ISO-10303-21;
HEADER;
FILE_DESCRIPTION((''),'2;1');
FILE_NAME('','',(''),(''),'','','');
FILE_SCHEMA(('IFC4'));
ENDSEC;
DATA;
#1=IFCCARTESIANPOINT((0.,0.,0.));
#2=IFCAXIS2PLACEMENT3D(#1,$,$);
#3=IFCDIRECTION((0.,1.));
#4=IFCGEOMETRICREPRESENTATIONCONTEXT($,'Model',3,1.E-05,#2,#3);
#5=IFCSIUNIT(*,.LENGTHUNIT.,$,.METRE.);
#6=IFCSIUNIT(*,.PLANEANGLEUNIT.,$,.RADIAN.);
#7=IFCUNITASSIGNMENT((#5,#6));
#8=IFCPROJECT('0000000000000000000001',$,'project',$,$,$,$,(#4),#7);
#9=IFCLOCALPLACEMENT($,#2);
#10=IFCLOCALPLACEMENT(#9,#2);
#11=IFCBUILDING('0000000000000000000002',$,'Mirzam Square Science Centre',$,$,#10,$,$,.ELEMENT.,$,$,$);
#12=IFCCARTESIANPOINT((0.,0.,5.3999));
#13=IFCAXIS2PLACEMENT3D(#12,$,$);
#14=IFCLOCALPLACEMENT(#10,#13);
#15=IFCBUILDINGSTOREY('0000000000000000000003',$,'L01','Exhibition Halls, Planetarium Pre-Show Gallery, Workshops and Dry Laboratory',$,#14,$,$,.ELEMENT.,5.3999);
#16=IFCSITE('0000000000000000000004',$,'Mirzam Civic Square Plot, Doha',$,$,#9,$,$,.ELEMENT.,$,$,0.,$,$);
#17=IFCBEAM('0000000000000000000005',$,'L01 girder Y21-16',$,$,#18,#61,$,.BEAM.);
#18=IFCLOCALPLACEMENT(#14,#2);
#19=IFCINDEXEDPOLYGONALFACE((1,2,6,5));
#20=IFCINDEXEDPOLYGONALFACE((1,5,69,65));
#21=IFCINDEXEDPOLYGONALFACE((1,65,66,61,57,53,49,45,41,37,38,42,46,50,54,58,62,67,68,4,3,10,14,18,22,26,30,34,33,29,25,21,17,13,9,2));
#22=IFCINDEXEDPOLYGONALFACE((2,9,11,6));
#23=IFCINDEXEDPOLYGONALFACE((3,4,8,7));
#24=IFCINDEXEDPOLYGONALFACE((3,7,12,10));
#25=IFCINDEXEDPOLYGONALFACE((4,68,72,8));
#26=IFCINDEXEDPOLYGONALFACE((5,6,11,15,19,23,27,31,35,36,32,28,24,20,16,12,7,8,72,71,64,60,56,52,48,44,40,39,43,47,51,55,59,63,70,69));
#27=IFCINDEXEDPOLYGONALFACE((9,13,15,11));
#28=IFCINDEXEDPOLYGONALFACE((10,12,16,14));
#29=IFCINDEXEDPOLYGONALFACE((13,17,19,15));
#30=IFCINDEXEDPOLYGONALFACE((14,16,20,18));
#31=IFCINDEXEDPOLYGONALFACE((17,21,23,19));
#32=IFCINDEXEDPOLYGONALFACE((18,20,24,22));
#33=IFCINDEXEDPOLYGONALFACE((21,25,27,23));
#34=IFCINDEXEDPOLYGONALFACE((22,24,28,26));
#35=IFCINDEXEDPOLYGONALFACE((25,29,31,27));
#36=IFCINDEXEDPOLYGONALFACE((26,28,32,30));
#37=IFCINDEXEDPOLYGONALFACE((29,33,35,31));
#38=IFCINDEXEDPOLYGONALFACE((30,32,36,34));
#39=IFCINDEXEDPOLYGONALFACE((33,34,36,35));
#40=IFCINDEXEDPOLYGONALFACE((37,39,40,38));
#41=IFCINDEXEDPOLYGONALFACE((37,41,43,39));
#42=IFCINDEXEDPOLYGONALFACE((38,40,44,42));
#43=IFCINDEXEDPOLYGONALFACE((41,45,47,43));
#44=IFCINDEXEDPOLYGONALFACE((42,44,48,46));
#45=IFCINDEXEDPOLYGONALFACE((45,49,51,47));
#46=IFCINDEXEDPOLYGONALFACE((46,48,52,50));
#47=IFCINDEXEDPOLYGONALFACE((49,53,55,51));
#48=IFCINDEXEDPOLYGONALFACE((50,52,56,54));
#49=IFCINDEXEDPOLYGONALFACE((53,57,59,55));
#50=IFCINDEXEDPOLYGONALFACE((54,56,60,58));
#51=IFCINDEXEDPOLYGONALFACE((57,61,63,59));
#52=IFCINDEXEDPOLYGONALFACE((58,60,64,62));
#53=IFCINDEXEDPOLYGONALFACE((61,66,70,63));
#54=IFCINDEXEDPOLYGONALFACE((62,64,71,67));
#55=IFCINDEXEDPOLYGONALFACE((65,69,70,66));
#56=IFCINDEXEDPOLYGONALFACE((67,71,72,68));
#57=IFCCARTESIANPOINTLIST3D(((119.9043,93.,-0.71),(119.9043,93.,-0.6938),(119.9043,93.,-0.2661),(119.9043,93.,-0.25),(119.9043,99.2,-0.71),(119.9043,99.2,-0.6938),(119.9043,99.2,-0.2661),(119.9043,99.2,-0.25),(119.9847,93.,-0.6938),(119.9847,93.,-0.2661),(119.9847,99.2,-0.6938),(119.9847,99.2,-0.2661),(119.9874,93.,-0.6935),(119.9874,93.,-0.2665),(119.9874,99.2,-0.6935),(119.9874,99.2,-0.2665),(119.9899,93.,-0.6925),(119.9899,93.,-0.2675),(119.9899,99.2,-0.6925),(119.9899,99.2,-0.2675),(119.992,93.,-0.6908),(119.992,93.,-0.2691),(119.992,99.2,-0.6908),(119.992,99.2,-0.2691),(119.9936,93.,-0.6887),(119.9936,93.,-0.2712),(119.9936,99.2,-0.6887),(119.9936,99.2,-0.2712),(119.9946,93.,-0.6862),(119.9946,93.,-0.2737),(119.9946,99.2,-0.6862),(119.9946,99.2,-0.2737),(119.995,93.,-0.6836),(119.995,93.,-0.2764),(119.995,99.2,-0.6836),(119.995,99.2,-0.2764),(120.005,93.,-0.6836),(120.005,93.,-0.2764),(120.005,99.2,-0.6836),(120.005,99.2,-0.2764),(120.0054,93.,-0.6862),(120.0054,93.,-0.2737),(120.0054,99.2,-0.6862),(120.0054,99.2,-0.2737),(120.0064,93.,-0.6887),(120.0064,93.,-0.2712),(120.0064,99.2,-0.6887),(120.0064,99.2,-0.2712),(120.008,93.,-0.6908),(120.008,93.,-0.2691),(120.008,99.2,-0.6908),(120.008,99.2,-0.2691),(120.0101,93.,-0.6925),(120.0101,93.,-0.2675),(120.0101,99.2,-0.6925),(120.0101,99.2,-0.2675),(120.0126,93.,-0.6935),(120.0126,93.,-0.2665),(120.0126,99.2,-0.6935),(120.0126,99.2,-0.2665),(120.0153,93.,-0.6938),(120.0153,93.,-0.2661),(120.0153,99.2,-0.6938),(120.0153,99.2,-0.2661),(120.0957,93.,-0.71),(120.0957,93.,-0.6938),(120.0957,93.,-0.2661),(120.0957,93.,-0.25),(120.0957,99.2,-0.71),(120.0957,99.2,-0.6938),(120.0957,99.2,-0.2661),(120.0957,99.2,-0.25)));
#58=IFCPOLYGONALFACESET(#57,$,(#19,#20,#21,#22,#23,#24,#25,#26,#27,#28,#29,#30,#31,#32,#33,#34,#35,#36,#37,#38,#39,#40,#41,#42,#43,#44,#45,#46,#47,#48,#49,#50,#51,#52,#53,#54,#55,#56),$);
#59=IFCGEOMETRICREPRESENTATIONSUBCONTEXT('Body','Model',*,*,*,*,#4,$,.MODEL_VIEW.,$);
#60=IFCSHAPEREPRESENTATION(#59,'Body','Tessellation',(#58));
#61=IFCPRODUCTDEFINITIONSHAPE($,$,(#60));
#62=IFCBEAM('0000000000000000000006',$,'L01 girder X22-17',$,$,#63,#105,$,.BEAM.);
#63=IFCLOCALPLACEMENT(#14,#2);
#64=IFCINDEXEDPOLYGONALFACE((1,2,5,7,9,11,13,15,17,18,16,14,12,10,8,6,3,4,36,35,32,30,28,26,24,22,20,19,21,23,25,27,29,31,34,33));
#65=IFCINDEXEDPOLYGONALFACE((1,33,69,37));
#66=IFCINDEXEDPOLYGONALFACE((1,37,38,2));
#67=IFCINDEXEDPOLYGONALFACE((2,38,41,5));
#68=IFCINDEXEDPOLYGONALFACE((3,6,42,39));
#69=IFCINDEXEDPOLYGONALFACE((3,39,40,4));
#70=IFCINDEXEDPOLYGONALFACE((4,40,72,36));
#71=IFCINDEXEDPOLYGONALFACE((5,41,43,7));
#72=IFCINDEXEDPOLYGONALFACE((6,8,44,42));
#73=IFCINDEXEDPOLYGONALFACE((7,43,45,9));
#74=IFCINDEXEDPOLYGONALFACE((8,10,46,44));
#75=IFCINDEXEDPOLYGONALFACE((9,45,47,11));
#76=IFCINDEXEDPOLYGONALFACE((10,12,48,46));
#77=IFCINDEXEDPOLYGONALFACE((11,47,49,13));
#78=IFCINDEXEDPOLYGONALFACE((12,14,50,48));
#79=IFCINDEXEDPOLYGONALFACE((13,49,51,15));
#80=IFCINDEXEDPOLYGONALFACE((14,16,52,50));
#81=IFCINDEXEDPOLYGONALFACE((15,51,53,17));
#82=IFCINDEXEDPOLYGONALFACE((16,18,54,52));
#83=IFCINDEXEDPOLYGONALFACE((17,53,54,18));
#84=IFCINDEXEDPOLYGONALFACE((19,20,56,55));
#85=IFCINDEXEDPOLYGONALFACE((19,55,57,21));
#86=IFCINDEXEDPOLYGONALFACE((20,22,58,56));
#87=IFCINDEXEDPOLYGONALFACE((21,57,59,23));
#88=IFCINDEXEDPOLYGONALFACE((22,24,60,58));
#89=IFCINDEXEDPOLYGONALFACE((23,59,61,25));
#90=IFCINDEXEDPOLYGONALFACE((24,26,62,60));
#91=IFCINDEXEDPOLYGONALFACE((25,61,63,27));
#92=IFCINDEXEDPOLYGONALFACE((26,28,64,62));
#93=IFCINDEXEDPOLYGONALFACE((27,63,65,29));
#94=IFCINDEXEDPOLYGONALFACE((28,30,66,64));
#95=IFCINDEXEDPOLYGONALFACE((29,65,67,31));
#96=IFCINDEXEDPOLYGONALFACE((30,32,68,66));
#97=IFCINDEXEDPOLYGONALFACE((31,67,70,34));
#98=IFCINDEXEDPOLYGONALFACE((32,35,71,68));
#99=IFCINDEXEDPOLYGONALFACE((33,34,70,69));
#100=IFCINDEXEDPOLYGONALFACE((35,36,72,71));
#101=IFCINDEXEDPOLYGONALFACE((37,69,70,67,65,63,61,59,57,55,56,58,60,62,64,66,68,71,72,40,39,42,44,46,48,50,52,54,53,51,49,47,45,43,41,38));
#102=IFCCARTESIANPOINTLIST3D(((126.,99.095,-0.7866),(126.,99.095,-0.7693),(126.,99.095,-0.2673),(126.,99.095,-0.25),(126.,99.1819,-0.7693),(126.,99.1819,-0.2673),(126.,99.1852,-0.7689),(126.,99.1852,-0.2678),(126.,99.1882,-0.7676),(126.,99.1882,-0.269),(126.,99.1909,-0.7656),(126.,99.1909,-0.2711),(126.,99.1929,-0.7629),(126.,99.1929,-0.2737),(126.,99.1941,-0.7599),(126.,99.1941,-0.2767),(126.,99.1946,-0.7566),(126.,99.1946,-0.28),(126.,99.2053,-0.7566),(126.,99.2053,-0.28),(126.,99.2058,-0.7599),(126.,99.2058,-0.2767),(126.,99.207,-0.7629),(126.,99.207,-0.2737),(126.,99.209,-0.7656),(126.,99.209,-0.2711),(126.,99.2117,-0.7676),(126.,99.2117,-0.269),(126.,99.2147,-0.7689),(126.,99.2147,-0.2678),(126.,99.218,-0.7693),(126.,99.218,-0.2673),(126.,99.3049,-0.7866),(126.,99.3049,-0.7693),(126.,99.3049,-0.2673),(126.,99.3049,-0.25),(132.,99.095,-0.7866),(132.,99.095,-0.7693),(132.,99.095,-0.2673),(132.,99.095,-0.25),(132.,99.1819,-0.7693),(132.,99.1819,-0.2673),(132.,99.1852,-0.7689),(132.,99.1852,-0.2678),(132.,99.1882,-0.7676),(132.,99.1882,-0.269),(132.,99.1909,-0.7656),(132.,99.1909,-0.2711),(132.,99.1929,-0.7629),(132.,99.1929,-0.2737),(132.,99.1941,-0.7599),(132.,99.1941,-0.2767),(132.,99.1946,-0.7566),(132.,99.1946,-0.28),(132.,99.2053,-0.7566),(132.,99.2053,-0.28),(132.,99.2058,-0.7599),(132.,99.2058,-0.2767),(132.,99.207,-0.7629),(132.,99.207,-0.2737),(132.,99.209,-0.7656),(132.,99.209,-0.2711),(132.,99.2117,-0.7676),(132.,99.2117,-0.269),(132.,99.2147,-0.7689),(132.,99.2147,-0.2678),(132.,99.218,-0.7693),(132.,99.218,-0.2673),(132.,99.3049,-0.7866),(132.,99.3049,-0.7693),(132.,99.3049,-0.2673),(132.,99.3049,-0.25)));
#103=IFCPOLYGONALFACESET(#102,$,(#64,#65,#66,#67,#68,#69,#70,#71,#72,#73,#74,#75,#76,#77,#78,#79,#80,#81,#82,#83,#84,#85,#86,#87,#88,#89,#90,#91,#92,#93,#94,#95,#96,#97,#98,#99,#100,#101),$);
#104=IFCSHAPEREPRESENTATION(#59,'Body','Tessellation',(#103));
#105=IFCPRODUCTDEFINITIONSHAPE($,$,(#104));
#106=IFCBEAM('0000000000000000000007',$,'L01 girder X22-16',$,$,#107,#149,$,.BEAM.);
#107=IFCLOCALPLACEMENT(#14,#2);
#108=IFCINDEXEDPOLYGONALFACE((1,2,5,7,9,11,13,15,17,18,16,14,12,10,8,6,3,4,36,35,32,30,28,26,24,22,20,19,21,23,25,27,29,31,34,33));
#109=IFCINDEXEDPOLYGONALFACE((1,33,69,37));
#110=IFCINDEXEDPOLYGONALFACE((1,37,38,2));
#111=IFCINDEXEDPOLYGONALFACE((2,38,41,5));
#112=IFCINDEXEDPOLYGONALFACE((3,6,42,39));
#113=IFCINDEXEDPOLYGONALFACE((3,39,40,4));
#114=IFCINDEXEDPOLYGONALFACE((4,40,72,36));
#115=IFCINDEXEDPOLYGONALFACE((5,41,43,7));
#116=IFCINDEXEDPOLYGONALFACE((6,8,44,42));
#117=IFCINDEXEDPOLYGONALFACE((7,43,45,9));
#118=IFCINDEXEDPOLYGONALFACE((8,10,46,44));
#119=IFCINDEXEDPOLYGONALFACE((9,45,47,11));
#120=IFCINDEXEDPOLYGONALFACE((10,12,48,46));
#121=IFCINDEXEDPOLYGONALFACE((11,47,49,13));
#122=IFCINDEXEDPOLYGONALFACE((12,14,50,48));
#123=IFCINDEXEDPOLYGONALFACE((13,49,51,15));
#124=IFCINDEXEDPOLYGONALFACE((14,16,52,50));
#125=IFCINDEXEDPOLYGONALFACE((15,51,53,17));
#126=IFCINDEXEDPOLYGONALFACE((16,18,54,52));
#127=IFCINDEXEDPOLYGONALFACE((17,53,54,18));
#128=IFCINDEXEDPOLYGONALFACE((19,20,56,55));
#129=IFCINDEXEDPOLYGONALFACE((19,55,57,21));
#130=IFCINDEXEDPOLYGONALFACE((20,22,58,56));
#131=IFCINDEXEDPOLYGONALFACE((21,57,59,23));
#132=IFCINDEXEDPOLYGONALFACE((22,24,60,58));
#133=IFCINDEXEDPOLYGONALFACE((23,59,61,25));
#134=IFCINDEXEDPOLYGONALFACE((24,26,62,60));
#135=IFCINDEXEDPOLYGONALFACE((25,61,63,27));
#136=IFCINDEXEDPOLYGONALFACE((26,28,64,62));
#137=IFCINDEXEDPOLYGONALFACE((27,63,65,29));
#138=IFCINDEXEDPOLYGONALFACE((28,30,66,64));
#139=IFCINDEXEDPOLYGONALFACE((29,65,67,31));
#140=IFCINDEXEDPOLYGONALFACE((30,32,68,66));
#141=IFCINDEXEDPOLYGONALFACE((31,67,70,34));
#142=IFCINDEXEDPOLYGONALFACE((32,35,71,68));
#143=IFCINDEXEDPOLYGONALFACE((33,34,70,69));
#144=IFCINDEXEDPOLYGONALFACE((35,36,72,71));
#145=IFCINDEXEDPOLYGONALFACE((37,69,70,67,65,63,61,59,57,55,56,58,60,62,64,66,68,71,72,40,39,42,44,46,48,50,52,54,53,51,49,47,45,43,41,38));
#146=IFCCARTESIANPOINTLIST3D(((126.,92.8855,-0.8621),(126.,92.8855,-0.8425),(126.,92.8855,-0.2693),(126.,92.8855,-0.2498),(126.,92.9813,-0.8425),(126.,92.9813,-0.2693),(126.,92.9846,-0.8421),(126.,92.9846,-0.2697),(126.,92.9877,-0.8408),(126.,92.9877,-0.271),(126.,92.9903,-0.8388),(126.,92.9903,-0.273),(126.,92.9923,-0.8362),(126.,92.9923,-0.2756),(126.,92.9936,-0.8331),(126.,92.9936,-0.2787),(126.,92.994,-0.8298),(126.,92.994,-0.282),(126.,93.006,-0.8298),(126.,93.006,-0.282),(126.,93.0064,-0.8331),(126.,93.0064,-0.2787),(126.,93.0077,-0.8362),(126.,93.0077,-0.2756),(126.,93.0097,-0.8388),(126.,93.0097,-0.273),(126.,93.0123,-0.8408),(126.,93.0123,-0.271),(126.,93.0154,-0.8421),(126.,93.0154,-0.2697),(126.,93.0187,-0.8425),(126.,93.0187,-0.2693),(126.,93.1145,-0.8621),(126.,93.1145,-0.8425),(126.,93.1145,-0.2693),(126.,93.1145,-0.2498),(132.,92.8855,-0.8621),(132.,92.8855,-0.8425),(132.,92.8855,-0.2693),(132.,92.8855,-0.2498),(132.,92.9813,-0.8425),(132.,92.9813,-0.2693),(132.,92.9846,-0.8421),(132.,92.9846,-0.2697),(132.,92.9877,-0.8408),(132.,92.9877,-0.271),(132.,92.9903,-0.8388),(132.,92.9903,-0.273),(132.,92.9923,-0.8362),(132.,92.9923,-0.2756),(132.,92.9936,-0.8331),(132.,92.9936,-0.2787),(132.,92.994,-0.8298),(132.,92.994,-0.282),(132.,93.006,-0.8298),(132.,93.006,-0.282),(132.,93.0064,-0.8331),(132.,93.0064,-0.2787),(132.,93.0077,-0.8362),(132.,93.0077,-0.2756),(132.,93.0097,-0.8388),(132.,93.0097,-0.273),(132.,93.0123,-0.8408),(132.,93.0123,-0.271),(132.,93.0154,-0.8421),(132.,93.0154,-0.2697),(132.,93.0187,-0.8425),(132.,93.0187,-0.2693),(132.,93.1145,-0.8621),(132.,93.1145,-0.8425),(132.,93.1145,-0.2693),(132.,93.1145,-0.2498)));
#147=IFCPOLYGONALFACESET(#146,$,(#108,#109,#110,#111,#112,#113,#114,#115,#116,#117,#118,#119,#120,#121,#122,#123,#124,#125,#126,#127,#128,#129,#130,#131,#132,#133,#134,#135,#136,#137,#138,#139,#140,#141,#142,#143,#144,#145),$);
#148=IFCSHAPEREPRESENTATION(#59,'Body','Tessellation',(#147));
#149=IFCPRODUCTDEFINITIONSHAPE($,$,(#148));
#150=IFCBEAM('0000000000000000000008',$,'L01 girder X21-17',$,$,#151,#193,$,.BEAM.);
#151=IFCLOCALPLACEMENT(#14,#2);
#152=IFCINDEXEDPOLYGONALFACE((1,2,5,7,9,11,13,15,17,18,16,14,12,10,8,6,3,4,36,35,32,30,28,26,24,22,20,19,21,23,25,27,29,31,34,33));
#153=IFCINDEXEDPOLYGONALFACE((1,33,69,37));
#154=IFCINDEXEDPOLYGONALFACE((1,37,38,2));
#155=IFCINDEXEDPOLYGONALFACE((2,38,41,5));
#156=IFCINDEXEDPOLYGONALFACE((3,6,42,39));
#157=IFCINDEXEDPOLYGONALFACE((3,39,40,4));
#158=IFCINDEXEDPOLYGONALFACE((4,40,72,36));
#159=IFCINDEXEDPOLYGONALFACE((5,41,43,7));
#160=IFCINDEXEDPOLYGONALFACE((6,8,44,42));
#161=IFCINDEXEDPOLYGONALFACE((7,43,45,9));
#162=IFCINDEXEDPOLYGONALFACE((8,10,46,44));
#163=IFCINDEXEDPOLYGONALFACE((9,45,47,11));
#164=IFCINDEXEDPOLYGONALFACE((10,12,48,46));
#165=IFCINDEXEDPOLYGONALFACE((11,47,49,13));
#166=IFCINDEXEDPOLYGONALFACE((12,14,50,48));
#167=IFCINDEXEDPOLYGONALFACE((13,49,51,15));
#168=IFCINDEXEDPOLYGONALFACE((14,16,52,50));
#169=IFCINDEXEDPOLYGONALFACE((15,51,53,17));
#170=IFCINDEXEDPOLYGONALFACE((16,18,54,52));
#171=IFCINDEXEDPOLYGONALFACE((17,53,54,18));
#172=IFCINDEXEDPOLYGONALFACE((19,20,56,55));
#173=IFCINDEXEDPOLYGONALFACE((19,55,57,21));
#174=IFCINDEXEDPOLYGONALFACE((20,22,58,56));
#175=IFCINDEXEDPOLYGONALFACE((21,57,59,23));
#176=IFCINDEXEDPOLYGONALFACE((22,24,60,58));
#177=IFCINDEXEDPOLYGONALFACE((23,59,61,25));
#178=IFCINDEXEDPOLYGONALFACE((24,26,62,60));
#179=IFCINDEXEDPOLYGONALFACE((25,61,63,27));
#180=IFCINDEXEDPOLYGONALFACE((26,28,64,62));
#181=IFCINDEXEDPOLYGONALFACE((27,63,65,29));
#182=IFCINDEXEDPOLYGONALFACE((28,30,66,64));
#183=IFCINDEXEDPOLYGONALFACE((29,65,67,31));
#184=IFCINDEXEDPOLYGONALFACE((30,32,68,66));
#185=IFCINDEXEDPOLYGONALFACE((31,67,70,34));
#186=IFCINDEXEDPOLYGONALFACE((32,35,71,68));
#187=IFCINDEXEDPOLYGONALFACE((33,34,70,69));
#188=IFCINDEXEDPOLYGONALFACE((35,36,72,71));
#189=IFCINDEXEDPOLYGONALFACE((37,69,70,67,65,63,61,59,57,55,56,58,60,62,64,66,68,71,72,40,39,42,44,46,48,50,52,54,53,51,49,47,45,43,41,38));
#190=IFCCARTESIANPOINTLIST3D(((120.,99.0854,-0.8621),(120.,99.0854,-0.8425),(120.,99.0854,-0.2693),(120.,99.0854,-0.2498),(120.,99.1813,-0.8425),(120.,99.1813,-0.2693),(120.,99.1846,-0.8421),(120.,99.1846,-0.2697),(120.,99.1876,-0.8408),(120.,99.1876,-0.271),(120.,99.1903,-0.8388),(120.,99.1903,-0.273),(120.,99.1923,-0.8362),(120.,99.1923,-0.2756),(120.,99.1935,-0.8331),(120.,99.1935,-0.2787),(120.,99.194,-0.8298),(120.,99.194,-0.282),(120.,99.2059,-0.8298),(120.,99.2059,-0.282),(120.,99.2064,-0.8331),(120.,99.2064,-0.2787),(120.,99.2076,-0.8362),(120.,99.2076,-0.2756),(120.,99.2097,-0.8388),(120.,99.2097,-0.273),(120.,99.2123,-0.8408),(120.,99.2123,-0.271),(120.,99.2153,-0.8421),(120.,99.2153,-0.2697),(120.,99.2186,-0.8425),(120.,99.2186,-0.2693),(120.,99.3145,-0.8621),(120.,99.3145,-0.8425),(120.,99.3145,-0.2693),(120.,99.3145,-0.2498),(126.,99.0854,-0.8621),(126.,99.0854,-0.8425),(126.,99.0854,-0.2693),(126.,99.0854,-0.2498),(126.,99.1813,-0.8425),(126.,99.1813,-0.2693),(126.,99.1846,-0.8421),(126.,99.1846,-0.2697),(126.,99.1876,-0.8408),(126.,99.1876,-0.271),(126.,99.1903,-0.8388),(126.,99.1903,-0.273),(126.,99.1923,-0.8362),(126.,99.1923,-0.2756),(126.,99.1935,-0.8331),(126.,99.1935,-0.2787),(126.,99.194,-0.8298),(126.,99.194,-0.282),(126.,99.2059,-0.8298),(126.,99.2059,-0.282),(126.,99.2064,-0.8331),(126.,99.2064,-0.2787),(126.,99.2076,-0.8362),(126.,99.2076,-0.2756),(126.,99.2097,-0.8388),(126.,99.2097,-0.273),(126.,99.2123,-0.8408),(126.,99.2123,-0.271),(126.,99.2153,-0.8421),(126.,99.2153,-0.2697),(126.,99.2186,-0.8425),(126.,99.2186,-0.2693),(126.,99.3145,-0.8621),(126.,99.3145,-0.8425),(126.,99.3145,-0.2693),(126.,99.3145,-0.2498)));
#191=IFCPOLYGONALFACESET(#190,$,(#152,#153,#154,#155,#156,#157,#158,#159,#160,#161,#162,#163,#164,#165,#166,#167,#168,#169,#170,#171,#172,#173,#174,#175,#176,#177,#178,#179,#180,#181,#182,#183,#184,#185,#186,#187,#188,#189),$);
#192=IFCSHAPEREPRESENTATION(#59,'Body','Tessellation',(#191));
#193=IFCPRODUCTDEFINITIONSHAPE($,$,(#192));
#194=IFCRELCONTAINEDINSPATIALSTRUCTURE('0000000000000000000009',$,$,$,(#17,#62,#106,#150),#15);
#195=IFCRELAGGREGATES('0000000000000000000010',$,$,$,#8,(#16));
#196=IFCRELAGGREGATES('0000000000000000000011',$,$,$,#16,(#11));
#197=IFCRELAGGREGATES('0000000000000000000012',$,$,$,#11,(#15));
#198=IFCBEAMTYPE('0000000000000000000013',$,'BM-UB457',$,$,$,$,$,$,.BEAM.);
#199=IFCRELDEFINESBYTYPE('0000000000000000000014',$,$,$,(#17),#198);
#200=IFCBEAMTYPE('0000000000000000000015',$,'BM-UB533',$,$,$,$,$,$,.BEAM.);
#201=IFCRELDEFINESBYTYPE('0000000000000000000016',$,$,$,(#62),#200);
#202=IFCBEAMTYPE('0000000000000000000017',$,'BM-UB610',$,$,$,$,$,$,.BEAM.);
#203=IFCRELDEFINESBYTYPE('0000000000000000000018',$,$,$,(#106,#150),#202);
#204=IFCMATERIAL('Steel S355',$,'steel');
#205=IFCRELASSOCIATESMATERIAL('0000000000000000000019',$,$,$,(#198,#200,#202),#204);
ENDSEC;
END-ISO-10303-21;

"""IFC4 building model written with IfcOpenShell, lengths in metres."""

from ifc_helpers import new_model, si_unit, direction, frame, origin, origin_2d, place, context, subcontext, project, spatial, i_section, extrude, material, material_profile, profile_set, type_object, element, save


model = new_model("IFC4")

# Units and contexts
model_context = context("Model", 3, precision=1e-05, world=origin(), true_north=direction((0.0, 1.0)))
body_context = subcontext(model_context, "Body", "Model", "MODEL_VIEW")
ifc_project = project(units=[si_unit("LENGTHUNIT", "METRE"), si_unit("PLANEANGLEUNIT", "RADIAN")], contexts=[model_context])

# Site, building, storey
site_placement = place(None, origin())
site = spatial("IfcSite", under=ifc_project, at=site_placement, Name="Mirzam Civic Square Plot, Doha", CompositionType="ELEMENT", RefElevation=0.0)
building_placement = place(site_placement, origin())
building = spatial("IfcBuilding", under=site, at=building_placement, Name="Mirzam Square Science Centre", CompositionType="ELEMENT")
storey_placement = place(building_placement, frame((0.0, 0.0, 5.3999)))
storey = spatial("IfcBuildingStorey", under=building, at=storey_placement, Name="L01", Description="Exhibition Halls, Planetarium Pre-Show Gallery, Workshops and Dry Laboratory", CompositionType="ELEMENT", Elevation=5.3999)

# Shared definitions
ifc_material_1 = material(Name="Steel S355", Category="steel")

# Beams
ifc_material_profile_1 = material_profile(ifc_material_1, i_section(OverallWidth=0.1914, OverallDepth=0.46, WebThickness=0.01, FlangeThickness=0.0161, FilletRadius=0.0103, at=origin_2d()), Name="457x191x82UB")
ifc_profile_set_1 = profile_set([ifc_material_profile_1], Name="Steel S355")
beam_type_1 = type_object("IfcBeamType", Name="BM-UB457", PredefinedType="BEAM", material=ifc_profile_set_1)
beam_1_placement = place(storey_placement, frame((120.0, 93.0, -0.48), z_axis=(0.0, 1.0, 0.0), x_axis=(-1.0, 0.0, 0.0)))
element("IfcBeam", 1, at=beam_1_placement, inside=storey, type_object=beam_type_1, Name="L01 girder Y21-16", PredefinedType="BEAM", context=body_context, shape_type="SweptSolid", body=[
    extrude(i_section(OverallWidth=0.1914, OverallDepth=0.46, WebThickness=0.01, FlangeThickness=0.0161, FilletRadius=0.0103, at=origin_2d()), origin(), (0.0, 0.0, 1.0), 6.2),
])
ifc_material_profile_2 = material_profile(ifc_material_1, i_section(OverallWidth=0.21, OverallDepth=0.5366, WebThickness=0.0107, FlangeThickness=0.0173, FilletRadius=0.0127, at=origin_2d()), Name="533x210x101UB")
ifc_profile_set_2 = profile_set([ifc_material_profile_2], Name="Steel S355")
beam_type_2 = type_object("IfcBeamType", Name="BM-UB533", PredefinedType="BEAM", material=ifc_profile_set_2)
beam_2_placement = place(storey_placement, frame((126.0, 99.2, -0.5183), z_axis=(1.0, 0.0, 0.0), x_axis=(0.0, 1.0, 0.0)))
element("IfcBeam", 2, at=beam_2_placement, inside=storey, type_object=beam_type_2, Name="L01 girder X22-17", PredefinedType="BEAM", context=body_context, shape_type="SweptSolid", body=[
    extrude(i_section(OverallWidth=0.21, OverallDepth=0.5366, WebThickness=0.0107, FlangeThickness=0.0173, FilletRadius=0.0127, at=origin_2d()), origin(), (0.0, 0.0, 1.0), 6.0),
])
ifc_material_profile_3 = material_profile(ifc_material_1, i_section(OverallWidth=0.229, OverallDepth=0.6123, WebThickness=0.012, FlangeThickness=0.0195, FilletRadius=0.0127, at=origin_2d()), Name="610x229x125UB")
ifc_profile_set_3 = profile_set([ifc_material_profile_3], Name="Steel S355")
beam_type_3 = type_object("IfcBeamType", Name="BM-UB610", PredefinedType="BEAM", material=ifc_profile_set_3)
for number, where, z_axis, x_axis, name in (
    (3, (126.0, 93.0, -0.5559), (1.0, 0.0, 0.0), (0.0, 1.0, 0.0), "L01 girder X22-16"),
    (4, (120.0, 99.2, -0.5559), (1.0, 0.0, 0.0), (0.0, 1.0, 0.0), "L01 girder X21-17"),
):
    element("IfcBeam", number, at=place(storey_placement, frame(where, z_axis=z_axis, x_axis=x_axis)), inside=storey, type_object=beam_type_3, Name=name, PredefinedType="BEAM", context=body_context, shape_type="SweptSolid", body=[
        extrude(i_section(OverallWidth=0.229, OverallDepth=0.6123, WebThickness=0.012, FlangeThickness=0.0195, FilletRadius=0.0127, at=origin_2d()), origin(), (0.0, 0.0, 1.0), 6.0),
    ])

save(model, "model.ifc")
